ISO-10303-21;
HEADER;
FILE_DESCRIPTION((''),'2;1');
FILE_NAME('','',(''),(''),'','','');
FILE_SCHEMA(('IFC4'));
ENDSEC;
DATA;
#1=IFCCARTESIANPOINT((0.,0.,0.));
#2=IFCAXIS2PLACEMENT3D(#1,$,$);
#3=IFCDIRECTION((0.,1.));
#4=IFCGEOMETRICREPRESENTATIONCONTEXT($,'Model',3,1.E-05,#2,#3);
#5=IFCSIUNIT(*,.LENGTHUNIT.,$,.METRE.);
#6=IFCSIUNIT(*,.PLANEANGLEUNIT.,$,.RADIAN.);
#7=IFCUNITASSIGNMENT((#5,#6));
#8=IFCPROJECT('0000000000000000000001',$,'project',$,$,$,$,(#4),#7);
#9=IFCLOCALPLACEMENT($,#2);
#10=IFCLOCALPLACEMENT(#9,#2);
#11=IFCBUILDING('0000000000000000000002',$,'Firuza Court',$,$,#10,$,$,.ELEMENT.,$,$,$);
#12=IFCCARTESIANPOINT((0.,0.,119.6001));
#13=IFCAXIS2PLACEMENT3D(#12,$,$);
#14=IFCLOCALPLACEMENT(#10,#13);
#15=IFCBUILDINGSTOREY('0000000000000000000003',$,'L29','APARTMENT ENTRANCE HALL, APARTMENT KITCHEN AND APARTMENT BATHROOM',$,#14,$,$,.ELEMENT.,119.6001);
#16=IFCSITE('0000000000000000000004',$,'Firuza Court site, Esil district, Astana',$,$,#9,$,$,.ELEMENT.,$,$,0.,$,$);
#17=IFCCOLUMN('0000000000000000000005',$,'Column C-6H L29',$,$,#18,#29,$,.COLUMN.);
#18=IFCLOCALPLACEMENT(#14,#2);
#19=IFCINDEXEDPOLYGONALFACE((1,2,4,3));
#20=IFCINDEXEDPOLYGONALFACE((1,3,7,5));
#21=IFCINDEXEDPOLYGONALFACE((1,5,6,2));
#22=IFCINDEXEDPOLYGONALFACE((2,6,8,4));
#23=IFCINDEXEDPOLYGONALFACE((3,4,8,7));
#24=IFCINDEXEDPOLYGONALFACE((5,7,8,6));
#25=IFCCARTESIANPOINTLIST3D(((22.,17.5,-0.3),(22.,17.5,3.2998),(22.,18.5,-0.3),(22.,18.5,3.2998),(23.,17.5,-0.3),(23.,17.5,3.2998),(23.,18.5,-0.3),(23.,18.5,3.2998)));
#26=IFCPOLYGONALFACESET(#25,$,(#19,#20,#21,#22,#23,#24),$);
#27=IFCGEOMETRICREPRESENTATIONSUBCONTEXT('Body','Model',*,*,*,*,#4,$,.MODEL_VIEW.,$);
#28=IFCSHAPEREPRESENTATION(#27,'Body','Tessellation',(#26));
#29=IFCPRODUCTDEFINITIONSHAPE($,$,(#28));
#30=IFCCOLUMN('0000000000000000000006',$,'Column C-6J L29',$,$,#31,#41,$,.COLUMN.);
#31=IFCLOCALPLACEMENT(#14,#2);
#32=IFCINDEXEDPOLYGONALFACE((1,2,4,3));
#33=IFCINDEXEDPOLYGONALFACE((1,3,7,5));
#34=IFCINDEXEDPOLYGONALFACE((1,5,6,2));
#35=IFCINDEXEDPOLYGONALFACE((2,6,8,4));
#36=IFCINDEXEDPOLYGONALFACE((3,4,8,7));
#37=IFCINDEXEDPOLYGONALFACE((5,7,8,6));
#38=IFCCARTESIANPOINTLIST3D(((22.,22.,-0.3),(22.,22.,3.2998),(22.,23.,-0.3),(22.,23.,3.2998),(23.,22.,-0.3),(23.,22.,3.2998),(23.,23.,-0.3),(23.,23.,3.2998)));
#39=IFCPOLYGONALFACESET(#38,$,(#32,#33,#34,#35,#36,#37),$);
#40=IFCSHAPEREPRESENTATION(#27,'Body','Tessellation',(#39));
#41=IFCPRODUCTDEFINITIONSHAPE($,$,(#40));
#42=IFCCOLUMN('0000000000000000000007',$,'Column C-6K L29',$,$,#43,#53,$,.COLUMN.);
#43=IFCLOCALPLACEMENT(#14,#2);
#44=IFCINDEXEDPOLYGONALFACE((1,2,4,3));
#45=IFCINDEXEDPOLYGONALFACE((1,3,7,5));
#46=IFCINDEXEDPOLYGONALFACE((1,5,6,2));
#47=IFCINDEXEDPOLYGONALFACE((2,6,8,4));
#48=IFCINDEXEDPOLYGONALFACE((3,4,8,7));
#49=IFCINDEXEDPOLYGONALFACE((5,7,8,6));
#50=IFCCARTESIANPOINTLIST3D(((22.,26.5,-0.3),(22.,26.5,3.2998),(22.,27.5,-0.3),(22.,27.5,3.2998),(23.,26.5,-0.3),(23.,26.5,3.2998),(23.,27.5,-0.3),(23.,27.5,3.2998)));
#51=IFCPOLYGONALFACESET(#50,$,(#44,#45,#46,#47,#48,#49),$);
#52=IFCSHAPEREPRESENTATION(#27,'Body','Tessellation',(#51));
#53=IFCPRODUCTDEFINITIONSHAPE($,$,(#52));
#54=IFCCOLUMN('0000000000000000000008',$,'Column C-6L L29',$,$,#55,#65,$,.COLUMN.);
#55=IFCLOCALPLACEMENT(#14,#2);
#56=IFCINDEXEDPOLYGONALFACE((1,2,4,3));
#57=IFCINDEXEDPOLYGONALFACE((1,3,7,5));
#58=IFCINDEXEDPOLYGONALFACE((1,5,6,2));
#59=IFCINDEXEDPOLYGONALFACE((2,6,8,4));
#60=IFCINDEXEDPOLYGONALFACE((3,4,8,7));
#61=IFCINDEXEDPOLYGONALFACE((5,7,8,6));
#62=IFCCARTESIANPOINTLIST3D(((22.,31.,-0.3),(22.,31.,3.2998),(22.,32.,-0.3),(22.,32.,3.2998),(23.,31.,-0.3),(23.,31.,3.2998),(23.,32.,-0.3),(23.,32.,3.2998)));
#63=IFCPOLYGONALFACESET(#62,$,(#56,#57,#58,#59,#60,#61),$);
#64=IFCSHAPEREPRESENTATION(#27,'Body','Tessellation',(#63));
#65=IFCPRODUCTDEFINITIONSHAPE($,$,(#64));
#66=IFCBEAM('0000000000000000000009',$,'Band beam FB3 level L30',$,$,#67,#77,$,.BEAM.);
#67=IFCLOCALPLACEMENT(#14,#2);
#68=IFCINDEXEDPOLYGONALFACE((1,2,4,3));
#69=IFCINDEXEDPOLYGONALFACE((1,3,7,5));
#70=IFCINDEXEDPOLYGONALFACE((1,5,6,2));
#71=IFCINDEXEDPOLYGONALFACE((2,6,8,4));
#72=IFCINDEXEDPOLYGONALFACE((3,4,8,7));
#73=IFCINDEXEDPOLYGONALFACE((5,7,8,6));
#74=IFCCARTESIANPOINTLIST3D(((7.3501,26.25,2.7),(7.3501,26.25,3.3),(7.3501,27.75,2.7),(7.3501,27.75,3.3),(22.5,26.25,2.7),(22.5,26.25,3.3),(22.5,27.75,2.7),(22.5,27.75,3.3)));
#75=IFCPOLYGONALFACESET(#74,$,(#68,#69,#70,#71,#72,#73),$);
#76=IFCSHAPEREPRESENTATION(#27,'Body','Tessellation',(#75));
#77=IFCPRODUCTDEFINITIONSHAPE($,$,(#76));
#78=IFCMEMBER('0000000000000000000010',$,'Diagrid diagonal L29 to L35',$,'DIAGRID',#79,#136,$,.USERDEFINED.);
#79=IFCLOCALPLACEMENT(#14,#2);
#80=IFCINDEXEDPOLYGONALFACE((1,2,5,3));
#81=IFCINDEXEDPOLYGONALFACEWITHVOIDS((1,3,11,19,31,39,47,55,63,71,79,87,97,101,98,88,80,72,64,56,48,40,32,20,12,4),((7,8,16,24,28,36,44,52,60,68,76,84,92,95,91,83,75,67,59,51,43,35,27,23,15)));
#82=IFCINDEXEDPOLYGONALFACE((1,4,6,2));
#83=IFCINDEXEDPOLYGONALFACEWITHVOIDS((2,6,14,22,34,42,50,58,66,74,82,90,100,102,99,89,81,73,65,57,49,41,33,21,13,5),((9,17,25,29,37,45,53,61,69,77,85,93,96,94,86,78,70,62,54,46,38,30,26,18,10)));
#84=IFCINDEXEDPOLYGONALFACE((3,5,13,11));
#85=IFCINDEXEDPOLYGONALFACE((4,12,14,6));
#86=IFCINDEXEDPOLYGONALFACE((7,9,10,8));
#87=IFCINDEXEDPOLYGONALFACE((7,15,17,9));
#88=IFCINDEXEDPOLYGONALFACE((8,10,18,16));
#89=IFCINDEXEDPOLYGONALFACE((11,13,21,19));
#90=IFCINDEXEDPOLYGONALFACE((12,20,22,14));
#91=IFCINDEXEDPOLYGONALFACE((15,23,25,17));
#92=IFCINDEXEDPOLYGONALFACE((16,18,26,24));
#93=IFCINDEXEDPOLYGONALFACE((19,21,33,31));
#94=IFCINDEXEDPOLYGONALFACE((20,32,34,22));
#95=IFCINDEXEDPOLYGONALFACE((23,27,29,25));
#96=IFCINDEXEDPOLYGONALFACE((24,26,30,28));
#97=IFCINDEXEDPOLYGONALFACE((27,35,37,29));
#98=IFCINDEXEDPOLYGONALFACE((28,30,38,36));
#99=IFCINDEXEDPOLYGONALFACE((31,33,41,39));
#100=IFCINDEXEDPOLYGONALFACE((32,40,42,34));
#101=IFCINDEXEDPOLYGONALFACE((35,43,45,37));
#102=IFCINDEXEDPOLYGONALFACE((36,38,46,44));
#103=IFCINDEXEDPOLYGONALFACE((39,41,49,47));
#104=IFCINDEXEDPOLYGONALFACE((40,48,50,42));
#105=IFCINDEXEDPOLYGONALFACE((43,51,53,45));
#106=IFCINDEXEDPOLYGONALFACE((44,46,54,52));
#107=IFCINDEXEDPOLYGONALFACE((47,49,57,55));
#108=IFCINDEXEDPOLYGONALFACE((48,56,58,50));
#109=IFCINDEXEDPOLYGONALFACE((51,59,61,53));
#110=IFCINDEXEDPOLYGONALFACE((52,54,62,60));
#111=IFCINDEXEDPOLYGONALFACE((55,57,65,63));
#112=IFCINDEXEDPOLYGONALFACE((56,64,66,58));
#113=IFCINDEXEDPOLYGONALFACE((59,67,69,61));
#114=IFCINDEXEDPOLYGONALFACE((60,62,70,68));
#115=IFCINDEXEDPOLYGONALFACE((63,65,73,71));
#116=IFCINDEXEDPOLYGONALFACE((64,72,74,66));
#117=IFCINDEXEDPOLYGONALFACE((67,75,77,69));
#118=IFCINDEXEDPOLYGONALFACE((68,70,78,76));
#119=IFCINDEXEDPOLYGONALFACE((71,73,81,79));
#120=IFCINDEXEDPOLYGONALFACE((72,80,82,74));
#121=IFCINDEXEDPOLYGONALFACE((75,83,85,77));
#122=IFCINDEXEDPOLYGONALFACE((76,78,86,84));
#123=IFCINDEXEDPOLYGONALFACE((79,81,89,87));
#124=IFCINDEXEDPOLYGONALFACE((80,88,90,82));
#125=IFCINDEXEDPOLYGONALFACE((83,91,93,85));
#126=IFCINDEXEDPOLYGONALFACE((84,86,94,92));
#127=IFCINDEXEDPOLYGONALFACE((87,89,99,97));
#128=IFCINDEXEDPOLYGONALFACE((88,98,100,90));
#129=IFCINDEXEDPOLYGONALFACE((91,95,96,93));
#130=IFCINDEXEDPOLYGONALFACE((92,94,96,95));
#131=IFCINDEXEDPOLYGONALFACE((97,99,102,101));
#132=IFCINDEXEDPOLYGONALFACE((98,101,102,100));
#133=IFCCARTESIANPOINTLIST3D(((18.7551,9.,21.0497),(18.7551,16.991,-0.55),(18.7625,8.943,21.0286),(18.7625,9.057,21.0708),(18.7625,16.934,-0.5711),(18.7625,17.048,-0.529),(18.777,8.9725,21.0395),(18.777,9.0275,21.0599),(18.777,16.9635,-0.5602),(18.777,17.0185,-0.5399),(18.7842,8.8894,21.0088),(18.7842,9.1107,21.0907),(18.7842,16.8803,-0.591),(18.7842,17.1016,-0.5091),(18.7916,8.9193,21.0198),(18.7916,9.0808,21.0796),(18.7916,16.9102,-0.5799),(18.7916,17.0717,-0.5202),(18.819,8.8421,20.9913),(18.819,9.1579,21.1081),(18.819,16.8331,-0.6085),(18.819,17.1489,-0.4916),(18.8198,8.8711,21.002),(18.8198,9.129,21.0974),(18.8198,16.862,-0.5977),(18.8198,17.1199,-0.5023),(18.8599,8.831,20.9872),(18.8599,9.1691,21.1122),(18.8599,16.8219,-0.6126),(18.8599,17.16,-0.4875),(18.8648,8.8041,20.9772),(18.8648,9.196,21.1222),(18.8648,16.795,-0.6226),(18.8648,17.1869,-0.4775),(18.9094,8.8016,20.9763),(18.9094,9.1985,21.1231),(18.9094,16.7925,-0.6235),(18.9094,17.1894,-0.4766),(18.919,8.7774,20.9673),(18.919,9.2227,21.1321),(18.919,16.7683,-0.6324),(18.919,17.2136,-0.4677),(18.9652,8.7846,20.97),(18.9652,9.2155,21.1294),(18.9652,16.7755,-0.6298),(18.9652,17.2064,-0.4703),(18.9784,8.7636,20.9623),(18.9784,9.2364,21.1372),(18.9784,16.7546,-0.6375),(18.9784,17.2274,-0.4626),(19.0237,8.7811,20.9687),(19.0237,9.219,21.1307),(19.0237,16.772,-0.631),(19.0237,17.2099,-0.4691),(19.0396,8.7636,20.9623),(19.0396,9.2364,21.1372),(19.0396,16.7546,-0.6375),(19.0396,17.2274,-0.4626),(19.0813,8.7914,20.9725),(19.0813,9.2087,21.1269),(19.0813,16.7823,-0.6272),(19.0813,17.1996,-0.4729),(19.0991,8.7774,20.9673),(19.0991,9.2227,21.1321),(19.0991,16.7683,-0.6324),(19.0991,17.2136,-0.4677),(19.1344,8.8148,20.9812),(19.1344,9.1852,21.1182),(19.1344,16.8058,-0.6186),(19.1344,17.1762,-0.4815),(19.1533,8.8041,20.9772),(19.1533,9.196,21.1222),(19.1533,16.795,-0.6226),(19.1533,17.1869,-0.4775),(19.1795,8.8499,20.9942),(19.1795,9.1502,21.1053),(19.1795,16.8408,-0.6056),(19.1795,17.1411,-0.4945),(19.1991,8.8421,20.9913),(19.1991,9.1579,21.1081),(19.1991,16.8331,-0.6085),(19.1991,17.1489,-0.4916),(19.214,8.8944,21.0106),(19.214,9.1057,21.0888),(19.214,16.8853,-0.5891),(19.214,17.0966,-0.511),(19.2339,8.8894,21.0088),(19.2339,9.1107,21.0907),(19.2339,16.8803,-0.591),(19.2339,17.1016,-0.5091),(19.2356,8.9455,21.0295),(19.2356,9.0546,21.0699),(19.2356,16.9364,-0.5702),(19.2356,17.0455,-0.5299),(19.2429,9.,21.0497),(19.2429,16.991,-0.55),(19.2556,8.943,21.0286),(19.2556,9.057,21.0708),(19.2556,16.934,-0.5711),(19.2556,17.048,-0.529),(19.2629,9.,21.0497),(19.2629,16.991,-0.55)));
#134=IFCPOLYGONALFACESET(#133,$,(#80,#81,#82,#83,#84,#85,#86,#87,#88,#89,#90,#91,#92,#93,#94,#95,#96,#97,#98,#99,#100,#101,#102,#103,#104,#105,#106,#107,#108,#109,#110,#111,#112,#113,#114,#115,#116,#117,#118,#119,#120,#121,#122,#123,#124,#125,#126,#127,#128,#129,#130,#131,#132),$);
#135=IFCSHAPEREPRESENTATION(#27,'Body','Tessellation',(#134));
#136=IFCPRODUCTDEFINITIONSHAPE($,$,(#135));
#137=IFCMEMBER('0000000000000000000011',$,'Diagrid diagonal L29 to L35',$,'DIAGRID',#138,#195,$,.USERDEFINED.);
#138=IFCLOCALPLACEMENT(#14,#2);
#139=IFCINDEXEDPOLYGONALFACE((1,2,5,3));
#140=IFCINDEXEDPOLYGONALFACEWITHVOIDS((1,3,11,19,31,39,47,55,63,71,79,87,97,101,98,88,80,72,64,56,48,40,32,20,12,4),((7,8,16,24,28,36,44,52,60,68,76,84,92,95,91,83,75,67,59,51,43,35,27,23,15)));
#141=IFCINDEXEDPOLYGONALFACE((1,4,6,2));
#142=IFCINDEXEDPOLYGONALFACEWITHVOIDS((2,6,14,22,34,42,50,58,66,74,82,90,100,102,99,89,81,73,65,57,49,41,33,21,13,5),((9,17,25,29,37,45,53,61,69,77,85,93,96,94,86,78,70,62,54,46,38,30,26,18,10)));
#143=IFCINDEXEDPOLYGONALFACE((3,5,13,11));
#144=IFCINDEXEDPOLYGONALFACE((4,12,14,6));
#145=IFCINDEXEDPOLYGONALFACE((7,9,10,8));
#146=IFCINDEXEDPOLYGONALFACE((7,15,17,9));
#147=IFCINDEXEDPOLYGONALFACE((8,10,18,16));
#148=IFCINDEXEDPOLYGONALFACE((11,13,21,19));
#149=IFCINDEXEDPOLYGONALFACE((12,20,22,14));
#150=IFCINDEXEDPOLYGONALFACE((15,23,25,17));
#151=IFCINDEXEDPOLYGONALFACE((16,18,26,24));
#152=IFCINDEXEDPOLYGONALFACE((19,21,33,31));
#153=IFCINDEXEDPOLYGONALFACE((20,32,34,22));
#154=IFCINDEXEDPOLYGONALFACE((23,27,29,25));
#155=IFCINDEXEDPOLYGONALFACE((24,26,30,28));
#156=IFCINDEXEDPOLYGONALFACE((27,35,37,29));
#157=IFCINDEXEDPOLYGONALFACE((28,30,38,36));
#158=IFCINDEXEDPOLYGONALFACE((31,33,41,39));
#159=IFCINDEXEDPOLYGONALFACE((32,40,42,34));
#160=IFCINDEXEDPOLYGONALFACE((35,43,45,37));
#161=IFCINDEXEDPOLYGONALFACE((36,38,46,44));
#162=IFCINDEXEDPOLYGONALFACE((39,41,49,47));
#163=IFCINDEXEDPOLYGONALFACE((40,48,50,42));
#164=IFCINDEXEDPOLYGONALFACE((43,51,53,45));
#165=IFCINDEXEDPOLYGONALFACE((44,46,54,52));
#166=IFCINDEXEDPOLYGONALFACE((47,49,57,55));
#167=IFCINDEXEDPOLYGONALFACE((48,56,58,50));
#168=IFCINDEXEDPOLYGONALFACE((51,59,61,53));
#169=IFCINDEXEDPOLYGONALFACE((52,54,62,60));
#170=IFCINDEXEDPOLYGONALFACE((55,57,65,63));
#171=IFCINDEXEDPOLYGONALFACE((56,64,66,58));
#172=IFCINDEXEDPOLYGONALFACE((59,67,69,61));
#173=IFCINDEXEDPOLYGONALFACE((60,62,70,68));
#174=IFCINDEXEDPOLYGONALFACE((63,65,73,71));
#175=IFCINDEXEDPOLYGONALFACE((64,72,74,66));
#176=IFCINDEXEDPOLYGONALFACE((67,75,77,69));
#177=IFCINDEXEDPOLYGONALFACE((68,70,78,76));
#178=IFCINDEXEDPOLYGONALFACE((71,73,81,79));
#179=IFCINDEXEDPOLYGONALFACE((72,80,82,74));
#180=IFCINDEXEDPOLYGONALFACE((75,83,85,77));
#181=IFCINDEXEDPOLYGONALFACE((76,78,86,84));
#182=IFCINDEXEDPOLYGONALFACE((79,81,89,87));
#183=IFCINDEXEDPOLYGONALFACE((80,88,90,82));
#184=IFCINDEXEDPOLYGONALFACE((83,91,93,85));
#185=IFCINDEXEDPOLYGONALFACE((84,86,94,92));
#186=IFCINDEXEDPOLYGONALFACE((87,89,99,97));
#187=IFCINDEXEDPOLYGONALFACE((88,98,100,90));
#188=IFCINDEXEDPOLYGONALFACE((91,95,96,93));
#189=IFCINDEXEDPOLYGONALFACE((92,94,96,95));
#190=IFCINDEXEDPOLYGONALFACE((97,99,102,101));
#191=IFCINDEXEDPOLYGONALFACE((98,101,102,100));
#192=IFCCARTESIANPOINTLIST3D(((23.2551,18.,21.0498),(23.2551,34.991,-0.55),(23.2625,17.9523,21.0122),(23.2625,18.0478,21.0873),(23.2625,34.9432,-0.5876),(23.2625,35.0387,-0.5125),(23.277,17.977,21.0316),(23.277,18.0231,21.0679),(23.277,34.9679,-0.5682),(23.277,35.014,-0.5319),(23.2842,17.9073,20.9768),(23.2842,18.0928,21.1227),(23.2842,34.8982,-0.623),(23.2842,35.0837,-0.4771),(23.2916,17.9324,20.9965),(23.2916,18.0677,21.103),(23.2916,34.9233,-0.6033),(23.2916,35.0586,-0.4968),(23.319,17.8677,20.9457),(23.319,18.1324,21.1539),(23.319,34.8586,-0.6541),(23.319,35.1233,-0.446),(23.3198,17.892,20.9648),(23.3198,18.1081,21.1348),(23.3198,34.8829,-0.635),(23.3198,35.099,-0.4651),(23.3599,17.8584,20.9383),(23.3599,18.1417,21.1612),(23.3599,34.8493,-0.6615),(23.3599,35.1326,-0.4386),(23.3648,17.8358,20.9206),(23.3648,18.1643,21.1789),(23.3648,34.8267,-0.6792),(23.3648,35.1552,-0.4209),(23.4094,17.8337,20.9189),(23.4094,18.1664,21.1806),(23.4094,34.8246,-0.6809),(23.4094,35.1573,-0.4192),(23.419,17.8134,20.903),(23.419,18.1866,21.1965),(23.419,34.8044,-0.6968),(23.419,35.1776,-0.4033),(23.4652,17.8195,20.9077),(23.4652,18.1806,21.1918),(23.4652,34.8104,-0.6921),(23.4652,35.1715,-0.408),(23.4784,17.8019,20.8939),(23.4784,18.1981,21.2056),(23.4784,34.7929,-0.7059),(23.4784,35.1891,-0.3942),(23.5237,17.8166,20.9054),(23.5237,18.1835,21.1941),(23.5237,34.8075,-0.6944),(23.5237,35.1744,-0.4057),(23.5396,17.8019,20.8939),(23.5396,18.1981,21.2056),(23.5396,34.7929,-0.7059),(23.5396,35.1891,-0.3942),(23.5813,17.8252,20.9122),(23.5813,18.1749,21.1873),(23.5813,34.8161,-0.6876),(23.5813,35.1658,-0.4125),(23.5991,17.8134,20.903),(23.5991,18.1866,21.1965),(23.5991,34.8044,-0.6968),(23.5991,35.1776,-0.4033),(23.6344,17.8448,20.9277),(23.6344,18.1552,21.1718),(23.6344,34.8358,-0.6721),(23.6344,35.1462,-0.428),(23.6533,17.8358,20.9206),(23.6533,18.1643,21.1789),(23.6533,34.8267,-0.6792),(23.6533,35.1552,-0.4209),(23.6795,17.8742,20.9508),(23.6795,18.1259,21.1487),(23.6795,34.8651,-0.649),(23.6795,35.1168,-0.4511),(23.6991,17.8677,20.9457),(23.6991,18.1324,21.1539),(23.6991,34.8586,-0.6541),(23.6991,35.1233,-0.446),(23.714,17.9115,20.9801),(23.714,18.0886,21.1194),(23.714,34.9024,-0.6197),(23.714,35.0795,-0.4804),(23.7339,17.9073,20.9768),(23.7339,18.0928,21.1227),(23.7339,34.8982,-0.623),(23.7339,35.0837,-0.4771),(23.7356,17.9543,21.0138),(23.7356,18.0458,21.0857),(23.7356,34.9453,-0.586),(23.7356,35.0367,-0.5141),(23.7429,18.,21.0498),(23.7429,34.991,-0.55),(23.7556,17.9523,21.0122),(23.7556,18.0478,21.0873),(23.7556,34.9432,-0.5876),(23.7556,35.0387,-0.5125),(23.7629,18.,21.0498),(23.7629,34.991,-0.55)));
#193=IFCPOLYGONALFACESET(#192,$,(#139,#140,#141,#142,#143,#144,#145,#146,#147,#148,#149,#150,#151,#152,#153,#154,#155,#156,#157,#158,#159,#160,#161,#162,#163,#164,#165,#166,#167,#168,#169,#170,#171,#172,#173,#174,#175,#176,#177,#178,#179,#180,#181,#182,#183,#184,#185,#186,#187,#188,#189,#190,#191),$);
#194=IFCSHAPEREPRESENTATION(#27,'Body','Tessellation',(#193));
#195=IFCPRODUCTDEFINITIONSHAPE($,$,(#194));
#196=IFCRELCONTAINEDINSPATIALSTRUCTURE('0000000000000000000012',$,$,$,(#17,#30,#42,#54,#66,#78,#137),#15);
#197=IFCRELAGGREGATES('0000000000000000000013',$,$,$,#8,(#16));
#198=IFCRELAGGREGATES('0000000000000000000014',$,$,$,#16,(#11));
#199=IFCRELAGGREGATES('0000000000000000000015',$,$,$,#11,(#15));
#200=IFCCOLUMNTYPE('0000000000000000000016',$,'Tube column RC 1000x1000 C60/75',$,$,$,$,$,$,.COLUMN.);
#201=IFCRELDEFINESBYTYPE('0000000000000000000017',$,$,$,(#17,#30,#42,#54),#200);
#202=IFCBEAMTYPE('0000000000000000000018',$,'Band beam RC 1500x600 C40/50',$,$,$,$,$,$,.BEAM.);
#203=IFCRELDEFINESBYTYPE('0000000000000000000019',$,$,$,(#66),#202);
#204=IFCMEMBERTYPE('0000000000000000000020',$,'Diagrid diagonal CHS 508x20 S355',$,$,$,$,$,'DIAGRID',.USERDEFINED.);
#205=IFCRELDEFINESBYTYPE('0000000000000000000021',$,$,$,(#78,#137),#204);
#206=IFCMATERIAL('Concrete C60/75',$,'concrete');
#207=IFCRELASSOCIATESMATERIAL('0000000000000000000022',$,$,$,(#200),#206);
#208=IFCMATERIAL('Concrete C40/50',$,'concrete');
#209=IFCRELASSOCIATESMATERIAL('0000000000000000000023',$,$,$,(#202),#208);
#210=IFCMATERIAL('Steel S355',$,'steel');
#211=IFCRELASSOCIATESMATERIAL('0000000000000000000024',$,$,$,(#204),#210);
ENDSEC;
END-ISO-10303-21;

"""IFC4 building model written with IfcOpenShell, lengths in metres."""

from ifc_helpers import new_model, si_unit, direction, frame, origin, origin_2d, place, context, subcontext, project, spatial, rectangle, hollow_circle, extrude, material, material_profile, profile_set, type_object, element, save


model = new_model("IFC4")

# Units and contexts
model_context = context("Model", 3, precision=1e-05, world=origin(), true_north=direction((0.0, 1.0)))
body_context = subcontext(model_context, "Body", "Model", "MODEL_VIEW")
ifc_project = project(units=[si_unit("LENGTHUNIT", "METRE"), si_unit("PLANEANGLEUNIT", "RADIAN")], contexts=[model_context])

# Site, building, storey
site_placement = place(None, origin())
site = spatial("IfcSite", under=ifc_project, at=site_placement, Name="Firuza Court site, Esil district, Astana", CompositionType="ELEMENT", RefElevation=0.0)
building_placement = place(site_placement, origin())
building = spatial("IfcBuilding", under=site, at=building_placement, Name="Firuza Court", CompositionType="ELEMENT")
storey_placement = place(building_placement, frame((0.0, 0.0, 119.6001)))
storey = spatial("IfcBuildingStorey", under=building, at=storey_placement, Name="L29", Description="APARTMENT ENTRANCE HALL, APARTMENT KITCHEN AND APARTMENT BATHROOM", CompositionType="ELEMENT", Elevation=119.6001)

# Columns
ifc_material_1 = material(Name="Concrete C60/75", Category="concrete")
ifc_material_profile_1 = material_profile(ifc_material_1, rectangle(XDim=1.0, YDim=1.0, at=origin_2d()), Name="RC 1000x1000")
ifc_profile_set_1 = profile_set([ifc_material_profile_1], Name="Concrete C60/75")
column_type = type_object("IfcColumnType", Name="Tube column RC 1000x1000 C60/75", PredefinedType="COLUMN", material=ifc_profile_set_1)
for number, where, z_axis, x_axis, name in (
    (1, (22.5, 18.0, -0.3), (0.0, 0.0, 1.0), (1.0, 0.0, 0.0), "Column C-6H L29"),
    (2, (22.5, 22.5, -0.3), (0.0, 0.0, 1.0), (1.0, 0.0, 0.0), "Column C-6J L29"),
    (3, (22.5, 27.0, -0.3), (0.0, 0.0, 1.0), (1.0, 0.0, 0.0), "Column C-6K L29"),
    (4, (22.5, 31.5, -0.3), (0.0, 0.0, 1.0), (1.0, 0.0, 0.0), "Column C-6L L29"),
):
    element("IfcColumn", number, at=place(storey_placement, frame(where, z_axis=z_axis, x_axis=x_axis)), inside=storey, type_object=column_type, Name=name, PredefinedType="COLUMN", context=body_context, shape_type="SweptSolid", body=[
        extrude(rectangle(XDim=1.0, YDim=1.0, at=origin_2d()), origin(), (0.0, 0.0, 1.0), 3.5999),
    ])

# Beam
ifc_material_2 = material(Name="Concrete C40/50", Category="concrete")
ifc_material_profile_2 = material_profile(ifc_material_2, rectangle(XDim=1.5, YDim=0.6001, at=origin_2d()), Name="RC 1500x600")
ifc_profile_set_2 = profile_set([ifc_material_profile_2], Name="Concrete C40/50")
beam_type_1 = type_object("IfcBeamType", Name="Band beam RC 1500x600 C40/50", PredefinedType="BEAM", material=ifc_profile_set_2)
beam_placement = place(storey_placement, frame((22.5, 27.0, 3.0), z_axis=(-1.0, 0.0, 0.0), x_axis=(0.0, -1.0, 0.0)))
element("IfcBeam", 5, at=beam_placement, inside=storey, type_object=beam_type_1, Name="Band beam FB3 level L30", PredefinedType="BEAM", context=body_context, shape_type="SweptSolid", body=[
    extrude(rectangle(XDim=1.5, YDim=0.6001, at=origin_2d()), origin(), (0.0, 0.0, 1.0), 15.1499),
])

# Members
ifc_material_3 = material(Name="Steel S355", Category="steel")
ifc_material_profile_3 = material_profile(ifc_material_3, hollow_circle(Radius=0.2539, WallThickness=0.02, at=origin_2d()), Name="CHS 508x20")
ifc_profile_set_3 = profile_set([ifc_material_profile_3], Name="Steel S355")
member_type = type_object("IfcMemberType", Name="Diagrid diagonal CHS 508x20 S355", ElementType="DIAGRID", PredefinedType="USERDEFINED", material=ifc_profile_set_3)
member_1_placement = place(storey_placement, frame((19.009, 16.991, -0.55), z_axis=(0.0, -0.346971, 0.937876), x_axis=(1.0, 0.0, 0.0)))
element("IfcMember", 6, at=member_1_placement, inside=storey, type_object=member_type, Name="Diagrid diagonal L29 to L35", ObjectType="DIAGRID", PredefinedType="USERDEFINED", context=body_context, shape_type="SweptSolid", body=[
    extrude(hollow_circle(Radius=0.2539, WallThickness=0.02, at=origin_2d()), origin(), (0.0, 0.0, 1.0), 23.0305),
])
member_2_placement = place(storey_placement, frame((23.509, 34.991, -0.55), z_axis=(0.0, -0.618264, 0.785971), x_axis=(1.0, 0.0, 0.0)))
element("IfcMember", 7, at=member_2_placement, inside=storey, type_object=member_type, Name="Diagrid diagonal L29 to L35", ObjectType="DIAGRID", PredefinedType="USERDEFINED", context=body_context, shape_type="SweptSolid", body=[
    extrude(hollow_circle(Radius=0.2539, WallThickness=0.02, at=origin_2d()), origin(), (0.0, 0.0, 1.0), 27.4817),
])

save(model, "model.ifc")
